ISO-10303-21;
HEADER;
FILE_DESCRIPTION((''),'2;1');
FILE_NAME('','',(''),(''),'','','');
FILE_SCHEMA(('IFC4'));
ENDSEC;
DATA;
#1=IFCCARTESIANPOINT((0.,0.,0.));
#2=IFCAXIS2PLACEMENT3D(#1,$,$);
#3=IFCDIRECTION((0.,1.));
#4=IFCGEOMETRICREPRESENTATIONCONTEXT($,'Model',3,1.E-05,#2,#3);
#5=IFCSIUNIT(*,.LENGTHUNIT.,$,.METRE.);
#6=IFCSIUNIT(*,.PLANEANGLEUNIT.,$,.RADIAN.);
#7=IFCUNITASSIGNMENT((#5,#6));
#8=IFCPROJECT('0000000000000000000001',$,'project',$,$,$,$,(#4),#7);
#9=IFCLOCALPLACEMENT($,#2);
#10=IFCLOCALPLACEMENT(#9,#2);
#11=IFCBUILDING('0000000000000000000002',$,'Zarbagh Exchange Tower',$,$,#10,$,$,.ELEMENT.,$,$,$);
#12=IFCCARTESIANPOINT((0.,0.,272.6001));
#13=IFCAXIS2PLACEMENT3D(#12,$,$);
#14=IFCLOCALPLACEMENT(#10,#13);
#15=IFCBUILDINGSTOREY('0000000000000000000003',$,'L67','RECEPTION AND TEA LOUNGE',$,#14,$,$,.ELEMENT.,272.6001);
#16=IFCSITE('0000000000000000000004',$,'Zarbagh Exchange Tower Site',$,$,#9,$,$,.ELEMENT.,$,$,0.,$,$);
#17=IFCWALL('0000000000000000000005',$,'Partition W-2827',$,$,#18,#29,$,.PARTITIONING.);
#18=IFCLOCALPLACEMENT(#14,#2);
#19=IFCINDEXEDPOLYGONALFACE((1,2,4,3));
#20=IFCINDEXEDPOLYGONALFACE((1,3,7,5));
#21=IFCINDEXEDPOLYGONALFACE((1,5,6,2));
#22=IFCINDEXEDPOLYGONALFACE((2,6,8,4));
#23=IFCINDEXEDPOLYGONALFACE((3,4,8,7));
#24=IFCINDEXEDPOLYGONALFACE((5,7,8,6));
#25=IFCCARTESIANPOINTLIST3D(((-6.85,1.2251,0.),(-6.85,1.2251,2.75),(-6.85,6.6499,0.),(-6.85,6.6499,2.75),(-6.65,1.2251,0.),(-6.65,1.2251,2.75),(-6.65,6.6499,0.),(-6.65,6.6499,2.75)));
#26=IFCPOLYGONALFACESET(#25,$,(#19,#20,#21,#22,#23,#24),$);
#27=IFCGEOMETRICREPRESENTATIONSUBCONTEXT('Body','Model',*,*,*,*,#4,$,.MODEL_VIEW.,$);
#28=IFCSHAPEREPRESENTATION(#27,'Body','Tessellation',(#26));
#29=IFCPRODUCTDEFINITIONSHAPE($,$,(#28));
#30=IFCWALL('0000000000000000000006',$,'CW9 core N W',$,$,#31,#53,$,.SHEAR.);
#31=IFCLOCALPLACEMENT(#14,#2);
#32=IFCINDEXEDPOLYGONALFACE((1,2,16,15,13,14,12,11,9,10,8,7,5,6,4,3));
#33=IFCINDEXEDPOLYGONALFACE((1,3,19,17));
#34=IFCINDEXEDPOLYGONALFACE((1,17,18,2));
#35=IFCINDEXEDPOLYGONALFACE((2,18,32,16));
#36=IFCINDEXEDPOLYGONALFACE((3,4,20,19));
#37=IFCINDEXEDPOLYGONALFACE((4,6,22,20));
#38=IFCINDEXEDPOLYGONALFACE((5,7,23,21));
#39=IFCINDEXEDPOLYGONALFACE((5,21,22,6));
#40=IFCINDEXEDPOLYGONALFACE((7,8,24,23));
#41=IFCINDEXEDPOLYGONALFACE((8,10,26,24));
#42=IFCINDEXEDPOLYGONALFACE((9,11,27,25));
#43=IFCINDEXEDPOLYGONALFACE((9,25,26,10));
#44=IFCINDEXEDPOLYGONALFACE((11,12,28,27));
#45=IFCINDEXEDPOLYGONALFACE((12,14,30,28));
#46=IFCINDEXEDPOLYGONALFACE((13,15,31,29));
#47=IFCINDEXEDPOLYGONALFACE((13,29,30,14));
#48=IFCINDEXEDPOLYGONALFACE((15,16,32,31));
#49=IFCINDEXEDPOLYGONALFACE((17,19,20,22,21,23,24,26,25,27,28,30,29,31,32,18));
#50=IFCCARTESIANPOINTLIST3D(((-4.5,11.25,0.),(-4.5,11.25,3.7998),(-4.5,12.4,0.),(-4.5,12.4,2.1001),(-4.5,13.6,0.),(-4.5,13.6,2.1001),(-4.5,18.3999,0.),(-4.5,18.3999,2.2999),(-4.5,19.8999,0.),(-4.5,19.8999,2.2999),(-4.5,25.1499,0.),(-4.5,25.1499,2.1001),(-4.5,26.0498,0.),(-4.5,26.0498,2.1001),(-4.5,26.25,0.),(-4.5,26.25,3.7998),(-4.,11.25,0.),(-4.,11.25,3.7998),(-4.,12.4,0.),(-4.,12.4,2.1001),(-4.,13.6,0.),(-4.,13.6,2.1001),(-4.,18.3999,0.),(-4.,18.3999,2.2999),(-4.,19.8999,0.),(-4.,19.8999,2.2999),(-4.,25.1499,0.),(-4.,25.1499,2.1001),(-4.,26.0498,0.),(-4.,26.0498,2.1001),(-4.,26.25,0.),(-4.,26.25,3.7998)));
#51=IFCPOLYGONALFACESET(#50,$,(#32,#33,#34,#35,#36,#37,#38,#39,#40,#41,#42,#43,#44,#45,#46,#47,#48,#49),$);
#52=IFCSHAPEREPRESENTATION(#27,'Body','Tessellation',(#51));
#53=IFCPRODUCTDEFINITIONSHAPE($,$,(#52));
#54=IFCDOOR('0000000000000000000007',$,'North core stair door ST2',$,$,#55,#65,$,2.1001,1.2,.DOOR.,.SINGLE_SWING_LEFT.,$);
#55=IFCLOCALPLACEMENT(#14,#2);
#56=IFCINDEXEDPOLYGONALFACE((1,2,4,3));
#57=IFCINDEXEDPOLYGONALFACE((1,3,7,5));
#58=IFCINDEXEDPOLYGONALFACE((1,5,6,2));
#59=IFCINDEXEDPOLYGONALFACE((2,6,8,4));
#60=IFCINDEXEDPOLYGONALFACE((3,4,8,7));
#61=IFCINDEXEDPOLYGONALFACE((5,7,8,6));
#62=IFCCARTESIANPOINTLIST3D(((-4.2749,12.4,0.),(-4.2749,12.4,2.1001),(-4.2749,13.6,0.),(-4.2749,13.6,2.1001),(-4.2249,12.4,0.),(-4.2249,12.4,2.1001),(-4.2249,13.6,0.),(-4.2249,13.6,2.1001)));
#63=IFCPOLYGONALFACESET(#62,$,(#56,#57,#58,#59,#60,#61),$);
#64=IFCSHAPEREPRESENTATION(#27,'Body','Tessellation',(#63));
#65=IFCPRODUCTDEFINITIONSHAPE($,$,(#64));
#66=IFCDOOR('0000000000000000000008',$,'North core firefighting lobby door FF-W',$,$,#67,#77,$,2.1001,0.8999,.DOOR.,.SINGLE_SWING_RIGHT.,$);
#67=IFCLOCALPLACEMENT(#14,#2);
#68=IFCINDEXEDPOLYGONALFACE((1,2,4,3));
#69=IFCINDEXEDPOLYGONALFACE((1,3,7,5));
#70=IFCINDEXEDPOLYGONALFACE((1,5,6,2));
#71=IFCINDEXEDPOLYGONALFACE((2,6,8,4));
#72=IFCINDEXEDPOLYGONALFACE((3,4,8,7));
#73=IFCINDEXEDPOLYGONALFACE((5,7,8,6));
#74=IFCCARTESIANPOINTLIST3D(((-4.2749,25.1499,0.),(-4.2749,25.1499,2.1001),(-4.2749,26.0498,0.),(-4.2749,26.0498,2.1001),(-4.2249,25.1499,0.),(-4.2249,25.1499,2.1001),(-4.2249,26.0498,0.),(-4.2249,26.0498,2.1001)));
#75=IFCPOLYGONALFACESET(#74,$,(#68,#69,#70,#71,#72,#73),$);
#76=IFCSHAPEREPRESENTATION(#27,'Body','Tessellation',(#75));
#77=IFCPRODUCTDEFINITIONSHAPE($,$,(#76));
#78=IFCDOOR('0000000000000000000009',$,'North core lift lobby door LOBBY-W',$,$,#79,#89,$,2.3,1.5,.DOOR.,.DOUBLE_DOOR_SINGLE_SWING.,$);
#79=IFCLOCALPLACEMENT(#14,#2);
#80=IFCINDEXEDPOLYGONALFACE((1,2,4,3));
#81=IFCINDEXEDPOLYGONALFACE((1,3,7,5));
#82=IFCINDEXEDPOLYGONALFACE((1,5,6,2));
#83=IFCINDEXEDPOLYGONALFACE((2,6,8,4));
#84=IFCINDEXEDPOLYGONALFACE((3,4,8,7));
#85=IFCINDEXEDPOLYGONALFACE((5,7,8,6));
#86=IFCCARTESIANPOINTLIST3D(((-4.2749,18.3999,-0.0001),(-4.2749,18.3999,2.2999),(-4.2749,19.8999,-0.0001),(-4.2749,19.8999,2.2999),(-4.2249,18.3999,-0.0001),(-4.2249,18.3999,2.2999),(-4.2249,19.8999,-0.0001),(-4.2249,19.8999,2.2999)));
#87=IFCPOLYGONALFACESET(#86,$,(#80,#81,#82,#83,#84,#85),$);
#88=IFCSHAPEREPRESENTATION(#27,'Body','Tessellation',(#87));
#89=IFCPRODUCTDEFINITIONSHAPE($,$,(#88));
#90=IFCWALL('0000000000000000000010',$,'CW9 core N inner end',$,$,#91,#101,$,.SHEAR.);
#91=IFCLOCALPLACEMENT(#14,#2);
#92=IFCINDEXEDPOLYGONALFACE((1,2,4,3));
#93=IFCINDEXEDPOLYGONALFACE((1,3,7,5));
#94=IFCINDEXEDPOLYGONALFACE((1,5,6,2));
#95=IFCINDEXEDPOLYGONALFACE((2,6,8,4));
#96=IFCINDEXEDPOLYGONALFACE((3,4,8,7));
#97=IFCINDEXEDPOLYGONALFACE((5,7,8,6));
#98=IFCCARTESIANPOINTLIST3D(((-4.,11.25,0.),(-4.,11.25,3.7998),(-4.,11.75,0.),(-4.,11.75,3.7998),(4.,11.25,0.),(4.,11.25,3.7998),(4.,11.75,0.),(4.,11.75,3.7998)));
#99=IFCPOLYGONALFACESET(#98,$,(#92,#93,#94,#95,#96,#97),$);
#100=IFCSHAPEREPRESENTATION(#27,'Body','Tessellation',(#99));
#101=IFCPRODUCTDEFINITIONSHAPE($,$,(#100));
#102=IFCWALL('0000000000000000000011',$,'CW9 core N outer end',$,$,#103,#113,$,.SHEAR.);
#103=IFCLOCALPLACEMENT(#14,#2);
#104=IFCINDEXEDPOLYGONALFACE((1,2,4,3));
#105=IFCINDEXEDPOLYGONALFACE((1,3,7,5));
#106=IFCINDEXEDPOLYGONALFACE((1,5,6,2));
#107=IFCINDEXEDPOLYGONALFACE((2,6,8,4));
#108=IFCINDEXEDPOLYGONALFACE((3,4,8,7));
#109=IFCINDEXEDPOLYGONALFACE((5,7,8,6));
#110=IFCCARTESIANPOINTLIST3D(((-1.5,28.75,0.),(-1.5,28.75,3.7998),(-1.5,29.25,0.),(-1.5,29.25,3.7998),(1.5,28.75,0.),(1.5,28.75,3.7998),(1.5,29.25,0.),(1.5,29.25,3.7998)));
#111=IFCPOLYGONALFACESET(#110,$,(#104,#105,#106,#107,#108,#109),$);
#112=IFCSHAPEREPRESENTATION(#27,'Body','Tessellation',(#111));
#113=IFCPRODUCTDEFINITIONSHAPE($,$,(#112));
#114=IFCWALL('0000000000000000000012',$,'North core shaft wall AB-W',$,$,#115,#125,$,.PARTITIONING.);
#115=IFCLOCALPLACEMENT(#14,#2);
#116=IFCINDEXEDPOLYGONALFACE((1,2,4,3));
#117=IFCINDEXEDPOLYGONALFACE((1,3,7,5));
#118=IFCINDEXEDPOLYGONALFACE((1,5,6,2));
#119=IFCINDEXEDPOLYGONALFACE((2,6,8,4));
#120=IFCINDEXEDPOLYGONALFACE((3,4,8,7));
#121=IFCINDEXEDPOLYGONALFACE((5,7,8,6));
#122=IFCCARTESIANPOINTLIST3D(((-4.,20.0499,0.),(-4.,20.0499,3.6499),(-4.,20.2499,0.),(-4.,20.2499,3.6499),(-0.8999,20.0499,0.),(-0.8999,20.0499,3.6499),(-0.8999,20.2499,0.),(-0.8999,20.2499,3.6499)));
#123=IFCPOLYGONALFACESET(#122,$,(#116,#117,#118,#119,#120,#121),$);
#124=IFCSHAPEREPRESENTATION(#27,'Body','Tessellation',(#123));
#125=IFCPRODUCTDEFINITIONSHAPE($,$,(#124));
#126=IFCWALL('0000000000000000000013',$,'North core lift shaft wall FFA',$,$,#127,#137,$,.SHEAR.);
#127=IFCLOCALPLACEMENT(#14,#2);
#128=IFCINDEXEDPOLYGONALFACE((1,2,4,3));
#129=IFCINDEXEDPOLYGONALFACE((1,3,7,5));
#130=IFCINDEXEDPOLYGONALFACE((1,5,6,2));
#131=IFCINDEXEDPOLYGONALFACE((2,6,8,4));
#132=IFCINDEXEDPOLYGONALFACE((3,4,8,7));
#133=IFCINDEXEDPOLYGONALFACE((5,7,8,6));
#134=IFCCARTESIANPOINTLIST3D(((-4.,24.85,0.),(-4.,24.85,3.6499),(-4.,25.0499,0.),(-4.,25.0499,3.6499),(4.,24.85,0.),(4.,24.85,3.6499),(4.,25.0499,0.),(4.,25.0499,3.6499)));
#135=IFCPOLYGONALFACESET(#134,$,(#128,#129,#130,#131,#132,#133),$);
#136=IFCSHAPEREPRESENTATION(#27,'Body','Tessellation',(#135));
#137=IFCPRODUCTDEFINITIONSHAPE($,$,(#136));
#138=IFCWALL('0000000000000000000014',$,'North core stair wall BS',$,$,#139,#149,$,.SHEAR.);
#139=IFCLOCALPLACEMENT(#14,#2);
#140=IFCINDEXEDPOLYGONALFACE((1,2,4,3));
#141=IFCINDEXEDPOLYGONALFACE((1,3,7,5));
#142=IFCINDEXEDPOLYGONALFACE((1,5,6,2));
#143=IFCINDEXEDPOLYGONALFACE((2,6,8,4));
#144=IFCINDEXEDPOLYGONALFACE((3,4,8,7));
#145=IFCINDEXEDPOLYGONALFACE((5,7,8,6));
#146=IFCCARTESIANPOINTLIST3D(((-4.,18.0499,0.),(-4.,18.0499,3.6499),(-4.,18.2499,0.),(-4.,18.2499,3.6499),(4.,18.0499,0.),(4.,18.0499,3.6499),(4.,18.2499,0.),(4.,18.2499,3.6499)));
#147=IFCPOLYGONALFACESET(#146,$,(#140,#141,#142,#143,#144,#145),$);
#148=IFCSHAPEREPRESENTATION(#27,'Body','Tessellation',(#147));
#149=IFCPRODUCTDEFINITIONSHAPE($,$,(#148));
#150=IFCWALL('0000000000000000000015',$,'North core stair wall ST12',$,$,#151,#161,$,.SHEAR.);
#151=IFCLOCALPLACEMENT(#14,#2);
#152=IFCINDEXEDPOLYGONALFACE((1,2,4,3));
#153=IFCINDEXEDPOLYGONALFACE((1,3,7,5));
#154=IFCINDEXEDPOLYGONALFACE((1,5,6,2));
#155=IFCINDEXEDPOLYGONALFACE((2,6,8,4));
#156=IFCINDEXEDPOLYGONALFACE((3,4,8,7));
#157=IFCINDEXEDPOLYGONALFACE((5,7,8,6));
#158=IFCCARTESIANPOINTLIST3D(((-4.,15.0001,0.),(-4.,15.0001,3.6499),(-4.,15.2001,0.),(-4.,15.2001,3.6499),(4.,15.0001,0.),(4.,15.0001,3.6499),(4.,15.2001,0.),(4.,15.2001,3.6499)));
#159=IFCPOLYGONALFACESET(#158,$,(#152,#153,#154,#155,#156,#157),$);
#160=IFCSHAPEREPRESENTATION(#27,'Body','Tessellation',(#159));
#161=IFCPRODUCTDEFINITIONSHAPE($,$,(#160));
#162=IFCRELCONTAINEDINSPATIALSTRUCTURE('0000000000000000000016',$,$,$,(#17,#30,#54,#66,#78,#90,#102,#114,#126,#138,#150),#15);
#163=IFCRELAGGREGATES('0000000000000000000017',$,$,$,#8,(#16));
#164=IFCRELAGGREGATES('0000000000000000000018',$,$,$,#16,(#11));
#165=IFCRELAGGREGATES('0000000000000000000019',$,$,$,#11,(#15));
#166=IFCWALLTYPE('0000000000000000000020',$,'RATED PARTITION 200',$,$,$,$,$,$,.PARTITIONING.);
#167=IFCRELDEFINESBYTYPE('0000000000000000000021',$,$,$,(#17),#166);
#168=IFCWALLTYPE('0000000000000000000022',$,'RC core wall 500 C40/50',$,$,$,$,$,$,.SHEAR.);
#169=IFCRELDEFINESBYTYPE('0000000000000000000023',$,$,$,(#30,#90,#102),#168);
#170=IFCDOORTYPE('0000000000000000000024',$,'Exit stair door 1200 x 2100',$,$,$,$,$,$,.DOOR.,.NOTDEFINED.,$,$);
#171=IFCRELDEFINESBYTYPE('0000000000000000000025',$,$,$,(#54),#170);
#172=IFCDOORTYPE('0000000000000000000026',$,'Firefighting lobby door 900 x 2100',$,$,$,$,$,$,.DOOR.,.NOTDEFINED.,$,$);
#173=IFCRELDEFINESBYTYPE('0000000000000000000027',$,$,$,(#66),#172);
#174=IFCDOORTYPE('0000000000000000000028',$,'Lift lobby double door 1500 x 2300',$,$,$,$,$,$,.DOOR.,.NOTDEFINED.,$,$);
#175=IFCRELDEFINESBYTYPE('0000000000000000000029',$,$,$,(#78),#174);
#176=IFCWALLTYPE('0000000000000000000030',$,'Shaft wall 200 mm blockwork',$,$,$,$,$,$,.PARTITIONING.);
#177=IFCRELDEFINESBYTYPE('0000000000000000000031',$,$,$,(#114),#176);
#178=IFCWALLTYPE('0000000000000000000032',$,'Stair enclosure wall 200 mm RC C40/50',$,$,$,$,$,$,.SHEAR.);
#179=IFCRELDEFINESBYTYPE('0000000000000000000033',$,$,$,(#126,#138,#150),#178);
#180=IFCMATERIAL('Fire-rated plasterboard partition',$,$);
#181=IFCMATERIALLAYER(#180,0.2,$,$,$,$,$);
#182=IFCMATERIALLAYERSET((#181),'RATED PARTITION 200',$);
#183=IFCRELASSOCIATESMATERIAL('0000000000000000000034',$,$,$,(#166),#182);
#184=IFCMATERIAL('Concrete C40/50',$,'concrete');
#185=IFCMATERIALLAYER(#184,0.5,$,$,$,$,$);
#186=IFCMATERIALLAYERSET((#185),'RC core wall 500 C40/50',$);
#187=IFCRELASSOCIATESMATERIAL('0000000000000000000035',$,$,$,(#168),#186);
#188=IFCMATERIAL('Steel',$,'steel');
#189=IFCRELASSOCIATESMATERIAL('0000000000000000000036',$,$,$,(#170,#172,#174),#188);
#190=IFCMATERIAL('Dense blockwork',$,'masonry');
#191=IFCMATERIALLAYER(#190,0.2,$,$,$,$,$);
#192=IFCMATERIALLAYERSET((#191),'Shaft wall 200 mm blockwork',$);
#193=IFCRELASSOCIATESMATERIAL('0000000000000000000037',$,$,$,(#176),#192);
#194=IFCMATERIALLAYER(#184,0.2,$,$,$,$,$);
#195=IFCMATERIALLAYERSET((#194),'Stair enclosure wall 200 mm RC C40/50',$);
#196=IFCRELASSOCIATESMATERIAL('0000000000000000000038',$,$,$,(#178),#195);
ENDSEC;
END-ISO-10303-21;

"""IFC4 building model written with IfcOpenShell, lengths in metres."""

from ifc_helpers import new_model, si_unit, direction, frame, frame_2d, origin, place, context, subcontext, project, spatial, rectangle, extrude, material, layer, layer_set, type_object, element, fill, save


model = new_model("IFC4")

# Units and contexts
model_context = context("Model", 3, precision=1e-05, world=origin(), true_north=direction((0.0, 1.0)))
body_context = subcontext(model_context, "Body", "Model", "MODEL_VIEW")
ifc_project = project(units=[si_unit("LENGTHUNIT", "METRE"), si_unit("PLANEANGLEUNIT", "RADIAN")], contexts=[model_context])

# Site, building, storey
site_placement = place(None, origin())
site = spatial("IfcSite", under=ifc_project, at=site_placement, Name="Zarbagh Exchange Tower Site", CompositionType="ELEMENT", RefElevation=0.0)
building_placement = place(site_placement, origin())
building = spatial("IfcBuilding", under=site, at=building_placement, Name="Zarbagh Exchange Tower", CompositionType="ELEMENT")
storey_placement = place(building_placement, frame((0.0, 0.0, 272.6001)))
storey = spatial("IfcBuildingStorey", under=building, at=storey_placement, Name="L67", Description="RECEPTION AND TEA LOUNGE", CompositionType="ELEMENT", Elevation=272.6001)

# Shared definitions
ifc_material_1 = material(Name="Concrete C40/50", Category="concrete")

# Shared definitions
ifc_material_2 = material(Name="Dense blockwork", Category="masonry")
ifc_material_3 = material(Name="Fire-rated plasterboard partition")
ifc_layer_1 = layer(ifc_material_3, 0.2)
ifc_layer_set_1 = layer_set([ifc_layer_1], Name="RATED PARTITION 200")
wall_type_1 = type_object("IfcWallType", Name="RATED PARTITION 200", PredefinedType="PARTITIONING", material=ifc_layer_set_1)

# Wall
wall_1_placement = place(storey_placement, frame((-6.75, 1.2251, 0.0), z_axis=(0.0, 0.0, 1.0), x_axis=(0.0, 1.0, 0.0)))
element("IfcWall", 1, at=wall_1_placement, inside=storey, type_object=wall_type_1, Name="Partition W-2827", PredefinedType="PARTITIONING", context=body_context, shape_type="SweptSolid", body=[
    extrude(rectangle(XDim=5.4248, YDim=0.2, at=frame_2d((2.7124, 0.0))), origin(), (0.0, 0.0, 1.0), 2.75),
])

# Wall, openings, doors
ifc_layer_2 = layer(ifc_material_1, 0.5)
ifc_layer_set_2 = layer_set([ifc_layer_2], Name="RC core wall 500 C40/50")
wall_type_2 = type_object("IfcWallType", Name="RC core wall 500 C40/50", PredefinedType="SHEAR", material=ifc_layer_set_2)
wall_2_placement = place(storey_placement, frame((-4.25, 11.25, 0.0), z_axis=(0.0, 0.0, 1.0), x_axis=(0.0, 1.0, 0.0)))
wall_2 = element("IfcWall", 2, at=wall_2_placement, inside=storey, type_object=wall_type_2, Name="CW9 core N W", PredefinedType="SHEAR", context=body_context, shape_type="SweptSolid", body=[
    extrude(rectangle(XDim=15.0, YDim=0.5, at=frame_2d((7.5, 0.0))), origin(), (0.0, 0.0, 1.0), 3.7998),
])
opening_1_placement = place(wall_2_placement, frame((7.1499, 0.0, 0.0)))
opening_1 = element("IfcOpeningElement", 3, at=opening_1_placement, cuts=wall_2, PredefinedType="OPENING", context=body_context, shape_type="SweptSolid", body=[
    extrude(rectangle(XDim=1.5, YDim=2.3, at=frame_2d((0.75, 1.1499))), frame((0.0, 0.26, 0.0), z_axis=(0.0, -1.0, 0.0), x_axis=(1.0, 0.0, 0.0)), (0.0, 0.0, 1.0), 0.52),
])
opening_2_placement = place(wall_2_placement, frame((13.8999, 0.0, 0.0)))
opening_2 = element("IfcOpeningElement", 4, at=opening_2_placement, cuts=wall_2, PredefinedType="OPENING", context=body_context, shape_type="SweptSolid", body=[
    extrude(rectangle(XDim=0.8999, YDim=2.1001, at=frame_2d((0.45, 1.05))), frame((0.0, 0.26, 0.0), z_axis=(0.0, -1.0, 0.0), x_axis=(1.0, 0.0, 0.0)), (0.0, 0.0, 1.0), 0.52),
])
opening_3_placement = place(wall_2_placement, frame((1.1499, 0.0, 0.0)))
opening_3 = element("IfcOpeningElement", 5, at=opening_3_placement, cuts=wall_2, PredefinedType="OPENING", context=body_context, shape_type="SweptSolid", body=[
    extrude(rectangle(XDim=1.2, YDim=2.1001, at=frame_2d((0.6001, 1.05))), frame((0.0, 0.26, 0.0), z_axis=(0.0, -1.0, 0.0), x_axis=(1.0, 0.0, 0.0)), (0.0, 0.0, 1.0), 0.52),
])
ifc_material_4 = material(Name="Steel", Category="steel")
door_type_1 = type_object("IfcDoorType", Name="Exit stair door 1200 x 2100", OperationType="NOTDEFINED", PredefinedType="DOOR", material=ifc_material_4)
door_1_placement = place(opening_3_placement, origin())
door_1 = element("IfcDoor", 6, at=door_1_placement, inside=storey, type_object=door_type_1, Name="North core stair door ST2", OperationType="SINGLE_SWING_LEFT", OverallHeight=2.1001, OverallWidth=1.2, PredefinedType="DOOR", context=body_context, shape_type="SweptSolid", body=[
    extrude(rectangle(XDim=1.2, YDim=2.1001, at=frame_2d((0.6001, 1.05))), frame((0.0, 0.0249, 0.0), z_axis=(0.0, -1.0, 0.0), x_axis=(1.0, 0.0, 0.0)), (0.0, 0.0, 1.0), 0.05),
])
fill(opening_3, door_1)
door_type_2 = type_object("IfcDoorType", Name="Firefighting lobby door 900 x 2100", OperationType="NOTDEFINED", PredefinedType="DOOR", material=ifc_material_4)
door_2_placement = place(opening_2_placement, origin())
door_2 = element("IfcDoor", 7, at=door_2_placement, inside=storey, type_object=door_type_2, Name="North core firefighting lobby door FF-W", OperationType="SINGLE_SWING_RIGHT", OverallHeight=2.1001, OverallWidth=0.8999, PredefinedType="DOOR", context=body_context, shape_type="SweptSolid", body=[
    extrude(rectangle(XDim=0.8999, YDim=2.1001, at=frame_2d((0.45, 1.05))), frame((0.0, 0.0249, 0.0), z_axis=(0.0, -1.0, 0.0), x_axis=(1.0, 0.0, 0.0)), (0.0, 0.0, 1.0), 0.05),
])
fill(opening_2, door_2)
door_type_3 = type_object("IfcDoorType", Name="Lift lobby double door 1500 x 2300", OperationType="NOTDEFINED", PredefinedType="DOOR", material=ifc_material_4)
door_3_placement = place(opening_1_placement, origin())
door_3 = element("IfcDoor", 8, at=door_3_placement, inside=storey, type_object=door_type_3, Name="North core lift lobby door LOBBY-W", OperationType="DOUBLE_DOOR_SINGLE_SWING", OverallHeight=2.3, OverallWidth=1.5, PredefinedType="DOOR", context=body_context, shape_type="SweptSolid", body=[
    extrude(rectangle(XDim=1.5, YDim=2.3, at=frame_2d((0.75, 1.1499))), frame((0.0, 0.0249, 0.0), z_axis=(0.0, -1.0, 0.0), x_axis=(1.0, 0.0, 0.0)), (0.0, 0.0, 1.0), 0.05),
])
fill(opening_1, door_3)

# Walls
wall_3_placement = place(storey_placement, frame((-4.0, 11.5, 0.0), z_axis=(0.0, 0.0, 1.0), x_axis=(1.0, 0.0, 0.0)))
element("IfcWall", 9, at=wall_3_placement, inside=storey, type_object=wall_type_2, Name="CW9 core N inner end", PredefinedType="SHEAR", context=body_context, shape_type="SweptSolid", body=[
    extrude(rectangle(XDim=8.0, YDim=0.5, at=frame_2d((4.0, 0.0))), origin(), (0.0, 0.0, 1.0), 3.7998),
])
wall_4_placement = place(storey_placement, frame((-1.5, 29.0, 0.0), z_axis=(0.0, 0.0, 1.0), x_axis=(1.0, 0.0, 0.0)))
element("IfcWall", 10, at=wall_4_placement, inside=storey, type_object=wall_type_2, Name="CW9 core N outer end", PredefinedType="SHEAR", context=body_context, shape_type="SweptSolid", body=[
    extrude(rectangle(XDim=3.0, YDim=0.5, at=frame_2d((1.5, 0.0))), origin(), (0.0, 0.0, 1.0), 3.7998),
])
ifc_layer_3 = layer(ifc_material_2, 0.2)
ifc_layer_set_3 = layer_set([ifc_layer_3], Name="Shaft wall 200 mm blockwork")
wall_type_3 = type_object("IfcWallType", Name="Shaft wall 200 mm blockwork", PredefinedType="PARTITIONING", material=ifc_layer_set_3)
wall_5_placement = place(storey_placement, frame((-4.0, 20.1499, 0.0), z_axis=(0.0, 0.0, 1.0), x_axis=(1.0, 0.0, 0.0)))
element("IfcWall", 11, at=wall_5_placement, inside=storey, type_object=wall_type_3, Name="North core shaft wall AB-W", PredefinedType="PARTITIONING", context=body_context, shape_type="SweptSolid", body=[
    extrude(rectangle(XDim=3.1001, YDim=0.2, at=frame_2d((1.55, 0.0))), origin(), (0.0, 0.0, 1.0), 3.6499),
])
ifc_layer_4 = layer(ifc_material_1, 0.2)
ifc_layer_set_4 = layer_set([ifc_layer_4], Name="Stair enclosure wall 200 mm RC C40/50")
wall_type_4 = type_object("IfcWallType", Name="Stair enclosure wall 200 mm RC C40/50", PredefinedType="SHEAR", material=ifc_layer_set_4)
for number, where, z_axis, x_axis, name in (
    (12, (-4.0, 24.95, 0.0), (0.0, 0.0, 1.0), (1.0, 0.0, 0.0), "North core lift shaft wall FFA"),
    (13, (-4.0, 18.1499, 0.0), (0.0, 0.0, 1.0), (1.0, 0.0, 0.0), "North core stair wall BS"),
    (14, (-4.0, 15.1001, 0.0), (0.0, 0.0, 1.0), (1.0, 0.0, 0.0), "North core stair wall ST12"),
):
    element("IfcWall", number, at=place(storey_placement, frame(where, z_axis=z_axis, x_axis=x_axis)), inside=storey, type_object=wall_type_4, Name=name, PredefinedType="SHEAR", context=body_context, shape_type="SweptSolid", body=[
        extrude(rectangle(XDim=8.0, YDim=0.2, at=frame_2d((4.0, 0.0))), origin(), (0.0, 0.0, 1.0), 3.6499),
    ])

save(model, "model.ifc")
